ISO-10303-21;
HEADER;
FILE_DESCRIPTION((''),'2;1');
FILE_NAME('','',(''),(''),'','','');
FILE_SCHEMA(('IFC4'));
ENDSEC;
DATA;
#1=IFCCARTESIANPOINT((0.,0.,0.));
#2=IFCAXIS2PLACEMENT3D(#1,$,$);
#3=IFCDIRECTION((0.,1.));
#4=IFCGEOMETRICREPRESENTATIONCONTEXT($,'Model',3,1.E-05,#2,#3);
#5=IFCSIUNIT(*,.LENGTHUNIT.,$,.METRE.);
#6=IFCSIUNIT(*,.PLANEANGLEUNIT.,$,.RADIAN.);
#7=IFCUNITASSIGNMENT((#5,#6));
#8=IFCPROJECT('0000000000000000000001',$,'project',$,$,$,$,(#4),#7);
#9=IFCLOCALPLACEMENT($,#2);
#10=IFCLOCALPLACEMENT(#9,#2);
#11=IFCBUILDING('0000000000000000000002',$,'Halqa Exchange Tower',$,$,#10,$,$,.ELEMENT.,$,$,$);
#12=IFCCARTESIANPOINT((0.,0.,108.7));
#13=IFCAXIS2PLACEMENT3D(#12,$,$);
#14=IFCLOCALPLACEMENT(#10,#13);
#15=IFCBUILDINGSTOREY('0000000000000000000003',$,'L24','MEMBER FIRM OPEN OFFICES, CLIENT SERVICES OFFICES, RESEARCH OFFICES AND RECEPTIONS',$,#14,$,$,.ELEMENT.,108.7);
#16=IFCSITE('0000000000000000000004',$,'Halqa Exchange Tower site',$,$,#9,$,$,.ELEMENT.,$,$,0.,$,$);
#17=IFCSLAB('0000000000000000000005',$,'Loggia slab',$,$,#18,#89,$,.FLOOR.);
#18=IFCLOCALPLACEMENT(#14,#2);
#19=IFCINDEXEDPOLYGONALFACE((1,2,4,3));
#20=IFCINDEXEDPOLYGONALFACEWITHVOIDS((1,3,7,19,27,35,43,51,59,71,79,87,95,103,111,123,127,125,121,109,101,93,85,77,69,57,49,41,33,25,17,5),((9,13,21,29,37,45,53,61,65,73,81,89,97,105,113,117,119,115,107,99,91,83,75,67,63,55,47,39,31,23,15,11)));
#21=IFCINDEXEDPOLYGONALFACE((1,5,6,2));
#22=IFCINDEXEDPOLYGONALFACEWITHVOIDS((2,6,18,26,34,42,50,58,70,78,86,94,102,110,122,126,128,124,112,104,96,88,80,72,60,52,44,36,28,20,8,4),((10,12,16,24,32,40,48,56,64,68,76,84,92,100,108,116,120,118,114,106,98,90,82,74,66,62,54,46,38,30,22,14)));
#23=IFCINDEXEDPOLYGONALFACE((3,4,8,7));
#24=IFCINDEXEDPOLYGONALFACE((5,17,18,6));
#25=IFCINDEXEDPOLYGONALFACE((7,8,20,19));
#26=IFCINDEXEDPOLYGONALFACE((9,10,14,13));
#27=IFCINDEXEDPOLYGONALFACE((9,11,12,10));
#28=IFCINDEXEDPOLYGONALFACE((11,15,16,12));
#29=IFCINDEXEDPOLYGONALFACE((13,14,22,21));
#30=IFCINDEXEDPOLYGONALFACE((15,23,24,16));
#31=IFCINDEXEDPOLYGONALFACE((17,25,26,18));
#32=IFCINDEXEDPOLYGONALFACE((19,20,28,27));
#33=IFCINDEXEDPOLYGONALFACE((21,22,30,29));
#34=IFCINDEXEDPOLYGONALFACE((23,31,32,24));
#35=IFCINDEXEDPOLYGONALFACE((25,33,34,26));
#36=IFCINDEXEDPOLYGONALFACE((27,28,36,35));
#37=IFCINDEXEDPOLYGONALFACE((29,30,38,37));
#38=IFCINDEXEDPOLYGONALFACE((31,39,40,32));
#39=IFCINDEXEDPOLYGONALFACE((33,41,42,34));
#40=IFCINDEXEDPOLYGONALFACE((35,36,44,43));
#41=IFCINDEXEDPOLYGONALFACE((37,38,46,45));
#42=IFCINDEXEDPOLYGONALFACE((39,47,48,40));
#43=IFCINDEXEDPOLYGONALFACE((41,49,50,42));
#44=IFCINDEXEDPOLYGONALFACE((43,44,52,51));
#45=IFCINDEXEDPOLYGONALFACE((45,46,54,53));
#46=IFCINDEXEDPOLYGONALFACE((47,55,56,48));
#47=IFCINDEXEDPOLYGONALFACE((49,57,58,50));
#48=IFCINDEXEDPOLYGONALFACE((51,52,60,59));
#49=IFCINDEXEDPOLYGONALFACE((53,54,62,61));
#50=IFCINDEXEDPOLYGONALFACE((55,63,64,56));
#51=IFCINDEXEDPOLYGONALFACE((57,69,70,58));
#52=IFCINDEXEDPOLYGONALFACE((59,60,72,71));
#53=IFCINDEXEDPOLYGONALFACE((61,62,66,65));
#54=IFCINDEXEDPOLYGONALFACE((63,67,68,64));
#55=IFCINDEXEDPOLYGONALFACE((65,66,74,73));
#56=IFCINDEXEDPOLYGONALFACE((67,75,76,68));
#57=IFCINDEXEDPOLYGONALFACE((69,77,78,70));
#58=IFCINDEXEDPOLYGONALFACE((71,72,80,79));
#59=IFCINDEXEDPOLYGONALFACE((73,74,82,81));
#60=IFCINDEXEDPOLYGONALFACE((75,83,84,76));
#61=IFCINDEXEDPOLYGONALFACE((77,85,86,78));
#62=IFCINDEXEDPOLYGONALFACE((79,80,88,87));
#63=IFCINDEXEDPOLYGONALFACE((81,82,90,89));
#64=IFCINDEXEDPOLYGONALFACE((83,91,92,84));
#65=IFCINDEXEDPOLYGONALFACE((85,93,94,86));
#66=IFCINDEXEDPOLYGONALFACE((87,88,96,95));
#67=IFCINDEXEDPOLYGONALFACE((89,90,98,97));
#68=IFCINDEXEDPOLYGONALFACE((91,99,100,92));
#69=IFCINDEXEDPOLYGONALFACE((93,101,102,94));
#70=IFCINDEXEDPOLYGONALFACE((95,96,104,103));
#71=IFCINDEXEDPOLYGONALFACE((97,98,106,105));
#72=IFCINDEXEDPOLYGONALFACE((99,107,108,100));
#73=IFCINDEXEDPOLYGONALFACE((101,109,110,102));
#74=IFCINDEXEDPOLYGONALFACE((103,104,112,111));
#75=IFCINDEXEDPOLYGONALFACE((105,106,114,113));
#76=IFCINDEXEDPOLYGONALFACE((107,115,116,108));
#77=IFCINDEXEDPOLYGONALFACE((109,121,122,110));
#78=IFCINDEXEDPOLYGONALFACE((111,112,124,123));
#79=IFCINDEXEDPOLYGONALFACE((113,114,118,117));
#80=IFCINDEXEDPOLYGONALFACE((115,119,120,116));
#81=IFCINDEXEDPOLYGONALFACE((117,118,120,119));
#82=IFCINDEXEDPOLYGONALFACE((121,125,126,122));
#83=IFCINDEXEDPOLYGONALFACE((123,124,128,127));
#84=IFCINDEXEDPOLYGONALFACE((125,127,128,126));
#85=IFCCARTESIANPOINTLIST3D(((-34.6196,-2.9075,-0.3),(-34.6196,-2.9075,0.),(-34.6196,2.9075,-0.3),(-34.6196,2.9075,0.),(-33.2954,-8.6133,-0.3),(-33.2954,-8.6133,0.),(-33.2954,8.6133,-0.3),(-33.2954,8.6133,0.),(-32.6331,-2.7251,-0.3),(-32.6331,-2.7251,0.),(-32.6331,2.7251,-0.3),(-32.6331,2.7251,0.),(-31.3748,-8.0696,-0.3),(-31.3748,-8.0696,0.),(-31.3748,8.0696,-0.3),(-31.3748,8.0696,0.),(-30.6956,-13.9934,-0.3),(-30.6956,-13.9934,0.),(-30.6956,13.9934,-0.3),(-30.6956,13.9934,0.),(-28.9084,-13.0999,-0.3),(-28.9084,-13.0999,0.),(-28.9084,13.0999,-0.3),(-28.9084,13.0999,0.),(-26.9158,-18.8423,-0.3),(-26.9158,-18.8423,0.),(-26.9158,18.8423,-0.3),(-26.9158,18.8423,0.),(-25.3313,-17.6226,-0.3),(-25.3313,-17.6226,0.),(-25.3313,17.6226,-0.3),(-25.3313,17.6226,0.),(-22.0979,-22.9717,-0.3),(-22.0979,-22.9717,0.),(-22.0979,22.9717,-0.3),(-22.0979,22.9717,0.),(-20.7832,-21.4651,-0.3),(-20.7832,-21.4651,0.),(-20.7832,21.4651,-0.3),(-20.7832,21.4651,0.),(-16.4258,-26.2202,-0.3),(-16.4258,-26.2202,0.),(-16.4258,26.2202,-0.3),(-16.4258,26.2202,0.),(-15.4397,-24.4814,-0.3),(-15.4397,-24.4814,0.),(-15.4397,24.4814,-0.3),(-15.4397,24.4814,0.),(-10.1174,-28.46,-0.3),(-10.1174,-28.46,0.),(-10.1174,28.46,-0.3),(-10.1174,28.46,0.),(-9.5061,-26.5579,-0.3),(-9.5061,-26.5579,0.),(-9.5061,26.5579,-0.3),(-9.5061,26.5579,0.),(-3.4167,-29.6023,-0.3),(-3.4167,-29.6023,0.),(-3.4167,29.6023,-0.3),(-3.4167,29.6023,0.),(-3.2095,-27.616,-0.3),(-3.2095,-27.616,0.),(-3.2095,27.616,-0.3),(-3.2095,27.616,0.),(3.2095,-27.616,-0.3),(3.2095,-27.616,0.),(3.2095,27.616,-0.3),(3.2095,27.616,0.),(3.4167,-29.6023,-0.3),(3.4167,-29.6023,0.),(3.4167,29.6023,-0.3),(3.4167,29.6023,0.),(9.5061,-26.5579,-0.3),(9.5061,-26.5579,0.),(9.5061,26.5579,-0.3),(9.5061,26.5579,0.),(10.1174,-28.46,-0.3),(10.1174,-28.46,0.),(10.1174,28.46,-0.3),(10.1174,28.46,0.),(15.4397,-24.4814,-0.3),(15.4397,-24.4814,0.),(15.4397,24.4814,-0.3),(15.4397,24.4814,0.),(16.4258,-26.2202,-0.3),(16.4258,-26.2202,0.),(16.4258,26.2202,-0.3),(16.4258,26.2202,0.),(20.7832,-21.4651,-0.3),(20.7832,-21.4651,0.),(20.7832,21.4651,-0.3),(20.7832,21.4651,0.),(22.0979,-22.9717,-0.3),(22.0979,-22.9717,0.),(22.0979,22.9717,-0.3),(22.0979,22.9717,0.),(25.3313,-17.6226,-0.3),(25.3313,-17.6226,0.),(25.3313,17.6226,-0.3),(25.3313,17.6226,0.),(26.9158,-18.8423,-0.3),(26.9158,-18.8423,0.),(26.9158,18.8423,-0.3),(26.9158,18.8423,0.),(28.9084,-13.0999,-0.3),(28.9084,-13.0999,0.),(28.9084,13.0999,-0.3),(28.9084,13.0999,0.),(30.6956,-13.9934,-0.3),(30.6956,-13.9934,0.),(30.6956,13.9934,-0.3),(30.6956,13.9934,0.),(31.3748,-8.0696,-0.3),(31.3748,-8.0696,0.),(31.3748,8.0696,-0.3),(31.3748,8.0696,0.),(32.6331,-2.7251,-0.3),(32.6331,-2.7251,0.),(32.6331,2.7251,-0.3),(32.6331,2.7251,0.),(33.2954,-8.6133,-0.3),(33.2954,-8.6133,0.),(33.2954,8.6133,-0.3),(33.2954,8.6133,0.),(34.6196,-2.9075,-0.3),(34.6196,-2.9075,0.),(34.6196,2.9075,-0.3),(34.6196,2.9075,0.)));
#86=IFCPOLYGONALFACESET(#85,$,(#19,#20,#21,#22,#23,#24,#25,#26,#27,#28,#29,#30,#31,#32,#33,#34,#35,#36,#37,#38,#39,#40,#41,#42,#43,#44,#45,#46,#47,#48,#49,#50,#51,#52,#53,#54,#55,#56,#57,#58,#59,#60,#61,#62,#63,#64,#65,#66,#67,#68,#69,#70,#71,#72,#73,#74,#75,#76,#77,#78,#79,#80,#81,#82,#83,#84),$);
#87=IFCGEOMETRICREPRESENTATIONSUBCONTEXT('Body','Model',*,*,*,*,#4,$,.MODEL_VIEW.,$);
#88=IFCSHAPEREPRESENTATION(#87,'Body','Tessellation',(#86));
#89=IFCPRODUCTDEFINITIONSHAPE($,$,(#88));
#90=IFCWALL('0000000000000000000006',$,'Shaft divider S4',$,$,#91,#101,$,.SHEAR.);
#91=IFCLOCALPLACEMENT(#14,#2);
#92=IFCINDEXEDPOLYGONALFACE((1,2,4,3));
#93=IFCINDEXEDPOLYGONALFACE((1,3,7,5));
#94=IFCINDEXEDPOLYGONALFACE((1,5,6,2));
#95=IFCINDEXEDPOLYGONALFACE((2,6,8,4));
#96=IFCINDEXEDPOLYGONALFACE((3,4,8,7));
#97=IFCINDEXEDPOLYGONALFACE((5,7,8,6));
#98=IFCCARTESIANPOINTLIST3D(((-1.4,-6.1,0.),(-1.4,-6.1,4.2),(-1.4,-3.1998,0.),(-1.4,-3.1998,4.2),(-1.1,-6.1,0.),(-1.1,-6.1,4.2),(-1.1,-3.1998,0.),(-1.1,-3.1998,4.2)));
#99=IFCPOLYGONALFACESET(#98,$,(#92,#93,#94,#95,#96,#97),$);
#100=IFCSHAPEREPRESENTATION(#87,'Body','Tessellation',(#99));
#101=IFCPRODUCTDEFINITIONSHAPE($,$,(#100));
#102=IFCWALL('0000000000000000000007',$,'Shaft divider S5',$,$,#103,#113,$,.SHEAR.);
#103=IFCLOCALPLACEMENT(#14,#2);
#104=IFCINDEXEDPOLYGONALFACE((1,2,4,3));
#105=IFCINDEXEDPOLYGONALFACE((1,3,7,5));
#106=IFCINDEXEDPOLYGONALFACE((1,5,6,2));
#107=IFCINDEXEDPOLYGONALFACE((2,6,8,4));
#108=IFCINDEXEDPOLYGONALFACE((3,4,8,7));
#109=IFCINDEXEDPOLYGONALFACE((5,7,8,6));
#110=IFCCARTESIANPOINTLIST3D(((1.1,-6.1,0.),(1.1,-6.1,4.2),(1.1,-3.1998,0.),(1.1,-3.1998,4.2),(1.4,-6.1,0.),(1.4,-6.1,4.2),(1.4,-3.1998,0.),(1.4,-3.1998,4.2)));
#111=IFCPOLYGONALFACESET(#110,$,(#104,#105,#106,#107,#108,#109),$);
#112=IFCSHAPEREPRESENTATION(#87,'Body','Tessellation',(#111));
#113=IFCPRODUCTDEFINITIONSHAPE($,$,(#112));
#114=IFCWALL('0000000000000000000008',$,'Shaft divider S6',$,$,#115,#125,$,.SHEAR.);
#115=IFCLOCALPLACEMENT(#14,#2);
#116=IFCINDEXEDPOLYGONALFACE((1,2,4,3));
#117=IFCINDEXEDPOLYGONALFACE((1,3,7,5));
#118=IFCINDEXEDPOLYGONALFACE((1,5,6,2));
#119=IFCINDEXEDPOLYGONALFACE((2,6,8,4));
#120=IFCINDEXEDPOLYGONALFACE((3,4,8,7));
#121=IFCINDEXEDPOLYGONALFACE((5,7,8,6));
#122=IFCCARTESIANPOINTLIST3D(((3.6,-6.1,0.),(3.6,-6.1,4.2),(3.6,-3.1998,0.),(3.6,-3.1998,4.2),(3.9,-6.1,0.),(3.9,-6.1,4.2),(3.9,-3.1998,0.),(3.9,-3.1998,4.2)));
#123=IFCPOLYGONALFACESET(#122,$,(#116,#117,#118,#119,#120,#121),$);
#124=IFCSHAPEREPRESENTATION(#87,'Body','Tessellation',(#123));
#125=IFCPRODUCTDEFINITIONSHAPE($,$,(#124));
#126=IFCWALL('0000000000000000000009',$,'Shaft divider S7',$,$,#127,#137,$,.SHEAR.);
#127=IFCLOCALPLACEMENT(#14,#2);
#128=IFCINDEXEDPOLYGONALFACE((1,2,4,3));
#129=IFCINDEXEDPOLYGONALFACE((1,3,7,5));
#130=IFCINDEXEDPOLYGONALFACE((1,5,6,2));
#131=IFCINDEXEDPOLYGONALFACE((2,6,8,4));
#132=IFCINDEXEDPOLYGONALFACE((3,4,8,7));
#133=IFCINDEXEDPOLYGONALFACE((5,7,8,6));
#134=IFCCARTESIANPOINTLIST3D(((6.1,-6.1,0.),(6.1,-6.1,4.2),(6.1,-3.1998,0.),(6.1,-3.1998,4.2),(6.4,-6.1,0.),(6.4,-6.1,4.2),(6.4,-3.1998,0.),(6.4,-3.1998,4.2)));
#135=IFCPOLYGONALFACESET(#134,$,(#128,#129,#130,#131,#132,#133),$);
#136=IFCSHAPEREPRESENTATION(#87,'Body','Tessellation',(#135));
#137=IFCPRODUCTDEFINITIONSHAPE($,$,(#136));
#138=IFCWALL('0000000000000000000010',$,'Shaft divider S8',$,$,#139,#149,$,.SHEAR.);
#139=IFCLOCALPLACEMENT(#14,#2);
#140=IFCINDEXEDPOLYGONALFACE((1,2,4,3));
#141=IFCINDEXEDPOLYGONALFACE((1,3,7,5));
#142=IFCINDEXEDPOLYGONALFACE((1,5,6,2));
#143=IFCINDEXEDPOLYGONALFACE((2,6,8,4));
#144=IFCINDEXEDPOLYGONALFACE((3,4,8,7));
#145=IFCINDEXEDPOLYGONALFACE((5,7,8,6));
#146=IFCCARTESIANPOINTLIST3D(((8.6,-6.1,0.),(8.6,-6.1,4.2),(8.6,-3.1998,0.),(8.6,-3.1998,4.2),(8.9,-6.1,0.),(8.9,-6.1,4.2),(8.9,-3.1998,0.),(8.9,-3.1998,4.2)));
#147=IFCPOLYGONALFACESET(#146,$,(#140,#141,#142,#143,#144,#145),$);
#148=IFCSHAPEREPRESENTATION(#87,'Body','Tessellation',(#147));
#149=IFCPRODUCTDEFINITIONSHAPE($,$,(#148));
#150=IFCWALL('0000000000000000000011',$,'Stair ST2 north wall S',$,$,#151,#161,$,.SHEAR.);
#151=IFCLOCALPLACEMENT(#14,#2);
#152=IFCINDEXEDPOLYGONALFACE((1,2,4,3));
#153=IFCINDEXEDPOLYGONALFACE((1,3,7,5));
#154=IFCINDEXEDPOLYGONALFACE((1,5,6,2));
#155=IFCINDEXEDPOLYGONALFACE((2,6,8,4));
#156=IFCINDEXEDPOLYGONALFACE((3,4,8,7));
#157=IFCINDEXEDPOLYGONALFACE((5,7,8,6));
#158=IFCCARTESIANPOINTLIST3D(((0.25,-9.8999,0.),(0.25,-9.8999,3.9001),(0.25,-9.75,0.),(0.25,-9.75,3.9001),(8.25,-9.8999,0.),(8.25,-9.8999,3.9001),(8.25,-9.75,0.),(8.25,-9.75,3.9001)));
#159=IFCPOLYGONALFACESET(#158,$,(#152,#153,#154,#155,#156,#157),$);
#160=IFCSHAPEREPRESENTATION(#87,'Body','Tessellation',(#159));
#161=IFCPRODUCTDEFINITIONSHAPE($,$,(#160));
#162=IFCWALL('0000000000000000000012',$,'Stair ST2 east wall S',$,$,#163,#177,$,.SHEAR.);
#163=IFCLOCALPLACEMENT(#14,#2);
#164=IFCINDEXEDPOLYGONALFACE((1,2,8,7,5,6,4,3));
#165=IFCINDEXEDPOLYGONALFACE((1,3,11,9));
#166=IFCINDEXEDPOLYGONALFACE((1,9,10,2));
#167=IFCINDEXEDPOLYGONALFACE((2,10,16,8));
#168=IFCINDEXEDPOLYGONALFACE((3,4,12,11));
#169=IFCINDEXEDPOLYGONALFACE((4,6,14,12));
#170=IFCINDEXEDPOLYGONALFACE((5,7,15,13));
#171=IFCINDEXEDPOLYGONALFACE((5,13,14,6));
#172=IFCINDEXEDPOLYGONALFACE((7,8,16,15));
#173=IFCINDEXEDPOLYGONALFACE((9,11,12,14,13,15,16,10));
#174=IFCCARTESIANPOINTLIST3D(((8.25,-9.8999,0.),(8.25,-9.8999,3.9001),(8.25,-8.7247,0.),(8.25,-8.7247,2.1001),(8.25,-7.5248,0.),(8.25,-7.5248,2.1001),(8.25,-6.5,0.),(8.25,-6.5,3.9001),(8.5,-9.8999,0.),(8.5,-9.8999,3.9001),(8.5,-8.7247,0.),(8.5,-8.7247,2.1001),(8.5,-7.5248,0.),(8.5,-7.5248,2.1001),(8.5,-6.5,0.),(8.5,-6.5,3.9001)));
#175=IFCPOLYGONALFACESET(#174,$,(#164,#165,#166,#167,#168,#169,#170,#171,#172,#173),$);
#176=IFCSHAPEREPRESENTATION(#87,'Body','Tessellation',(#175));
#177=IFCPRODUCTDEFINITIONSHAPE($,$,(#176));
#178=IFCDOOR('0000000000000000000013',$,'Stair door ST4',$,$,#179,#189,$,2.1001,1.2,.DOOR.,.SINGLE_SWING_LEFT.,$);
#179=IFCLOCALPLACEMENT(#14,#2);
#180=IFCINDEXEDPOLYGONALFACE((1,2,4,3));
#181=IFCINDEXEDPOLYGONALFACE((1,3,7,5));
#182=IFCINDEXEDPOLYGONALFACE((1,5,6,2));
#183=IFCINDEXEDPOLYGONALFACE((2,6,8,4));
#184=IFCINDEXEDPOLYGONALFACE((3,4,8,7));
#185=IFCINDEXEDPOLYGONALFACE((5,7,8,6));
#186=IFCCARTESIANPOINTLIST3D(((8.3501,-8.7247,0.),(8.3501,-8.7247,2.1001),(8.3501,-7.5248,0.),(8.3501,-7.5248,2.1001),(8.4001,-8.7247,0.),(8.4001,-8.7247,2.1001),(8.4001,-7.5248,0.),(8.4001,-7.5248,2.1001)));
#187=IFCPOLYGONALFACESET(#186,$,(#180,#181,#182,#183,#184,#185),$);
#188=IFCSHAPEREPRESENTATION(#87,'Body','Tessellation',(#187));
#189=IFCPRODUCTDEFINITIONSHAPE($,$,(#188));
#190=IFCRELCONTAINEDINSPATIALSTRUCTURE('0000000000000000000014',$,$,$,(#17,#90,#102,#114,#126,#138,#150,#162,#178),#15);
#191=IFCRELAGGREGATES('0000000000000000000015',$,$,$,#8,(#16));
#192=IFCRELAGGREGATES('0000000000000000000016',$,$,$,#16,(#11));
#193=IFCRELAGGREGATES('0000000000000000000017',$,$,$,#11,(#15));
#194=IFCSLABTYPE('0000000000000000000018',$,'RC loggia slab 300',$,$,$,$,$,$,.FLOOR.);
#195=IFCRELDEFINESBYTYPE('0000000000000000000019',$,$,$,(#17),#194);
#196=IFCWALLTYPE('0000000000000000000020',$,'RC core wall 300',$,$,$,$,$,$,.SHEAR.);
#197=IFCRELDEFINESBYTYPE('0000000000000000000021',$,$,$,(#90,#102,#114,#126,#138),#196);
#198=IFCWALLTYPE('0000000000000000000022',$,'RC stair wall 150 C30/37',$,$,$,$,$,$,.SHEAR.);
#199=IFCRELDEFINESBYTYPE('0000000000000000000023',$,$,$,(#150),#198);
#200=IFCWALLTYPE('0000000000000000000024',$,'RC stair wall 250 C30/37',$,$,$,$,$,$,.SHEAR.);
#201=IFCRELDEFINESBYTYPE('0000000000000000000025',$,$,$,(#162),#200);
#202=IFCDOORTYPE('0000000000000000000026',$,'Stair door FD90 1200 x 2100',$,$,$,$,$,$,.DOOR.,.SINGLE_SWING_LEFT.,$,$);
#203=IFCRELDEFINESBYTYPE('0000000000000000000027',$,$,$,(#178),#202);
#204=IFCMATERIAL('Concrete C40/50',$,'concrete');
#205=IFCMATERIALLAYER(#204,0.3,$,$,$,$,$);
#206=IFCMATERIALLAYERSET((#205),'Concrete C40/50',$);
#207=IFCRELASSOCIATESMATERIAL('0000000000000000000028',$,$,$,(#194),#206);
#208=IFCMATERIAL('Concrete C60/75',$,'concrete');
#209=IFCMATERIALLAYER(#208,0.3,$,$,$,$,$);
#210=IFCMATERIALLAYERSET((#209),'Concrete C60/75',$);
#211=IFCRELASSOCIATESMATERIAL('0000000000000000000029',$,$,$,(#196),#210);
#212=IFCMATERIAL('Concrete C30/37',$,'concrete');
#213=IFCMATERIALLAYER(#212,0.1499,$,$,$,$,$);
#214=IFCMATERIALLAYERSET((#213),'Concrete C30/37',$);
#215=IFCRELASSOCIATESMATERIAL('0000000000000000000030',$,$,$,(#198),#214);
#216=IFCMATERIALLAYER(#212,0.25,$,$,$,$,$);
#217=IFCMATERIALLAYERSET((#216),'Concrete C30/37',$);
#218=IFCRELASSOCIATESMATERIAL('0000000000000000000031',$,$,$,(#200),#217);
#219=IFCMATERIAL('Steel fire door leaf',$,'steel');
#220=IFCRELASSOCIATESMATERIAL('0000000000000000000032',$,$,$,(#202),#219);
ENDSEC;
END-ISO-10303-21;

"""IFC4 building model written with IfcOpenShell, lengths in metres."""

from ifc_helpers import new_model, si_unit, direction, frame, frame_2d, origin, place, context, subcontext, project, spatial, polyline, rectangle, outline, extrude, material, layer, layer_set, type_object, element, fill, save


model = new_model("IFC4")

# Units and contexts
model_context = context("Model", 3, precision=1e-05, world=origin(), true_north=direction((0.0, 1.0)))
body_context = subcontext(model_context, "Body", "Model", "MODEL_VIEW")
ifc_project = project(units=[si_unit("LENGTHUNIT", "METRE"), si_unit("PLANEANGLEUNIT", "RADIAN")], contexts=[model_context])

# Site, building, storey
site_placement = place(None, origin())
site = spatial("IfcSite", under=ifc_project, at=site_placement, Name="Halqa Exchange Tower site", CompositionType="ELEMENT", RefElevation=0.0)
building_placement = place(site_placement, origin())
building = spatial("IfcBuilding", under=site, at=building_placement, Name="Halqa Exchange Tower", CompositionType="ELEMENT")
storey_placement = place(building_placement, frame((0.0, 0.0, 108.7)))
storey = spatial("IfcBuildingStorey", under=building, at=storey_placement, Name="L24", Description="MEMBER FIRM OPEN OFFICES, CLIENT SERVICES OFFICES, RESEARCH OFFICES AND RECEPTIONS", CompositionType="ELEMENT", Elevation=108.7)

# Slab
ifc_material_1 = material(Name="Concrete C60/75", Category="concrete")
ifc_material_2 = material(Name="Concrete C40/50", Category="concrete")
ifc_layer_1 = layer(ifc_material_2, 0.3)
ifc_layer_set_1 = layer_set([ifc_layer_1], Name="Concrete C40/50")
slab_type_1 = type_object("IfcSlabType", Name="RC loggia slab 300", PredefinedType="FLOOR", material=ifc_layer_set_1)
slab_1_placement = place(storey_placement, frame((0.0, 0.0, -0.3)))
element("IfcSlab", 1, at=slab_1_placement, inside=storey, type_object=slab_type_1, Name="Loggia slab", PredefinedType="FLOOR", context=body_context, shape_type="SweptSolid", body=[
    extrude(outline(polyline([(34.6196, 2.9075), (34.6196, -2.9075), (33.2954, -8.6133), (30.6956, -13.9934), (26.9158, -18.8423), (22.0979, -22.9717), (16.4258, -26.2202), (10.1174, -28.46), (3.4167, -29.6023), (-3.4167, -29.6023), (-10.1174, -28.46), (-16.4258, -26.2202), (-22.0979, -22.9717), (-26.9158, -18.8423), (-30.6956, -13.9934), (-33.2954, -8.6133), (-34.6196, -2.9075), (-34.6196, 2.9075), (-33.2954, 8.6133), (-30.6956, 13.9934), (-26.9158, 18.8423), (-22.0979, 22.9717), (-16.4258, 26.2202), (-10.1174, 28.46), (-3.4167, 29.6023), (3.4167, 29.6023), (10.1174, 28.46), (16.4258, 26.2202), (22.0979, 22.9717), (26.9158, 18.8423), (30.6956, 13.9934), (33.2954, 8.6133), (34.6196, 2.9075)]), holes=[polyline([(32.6331, 2.7251), (31.3748, 8.0696), (28.9084, 13.0999), (25.3313, 17.6226), (20.7832, 21.4651), (15.4397, 24.4814), (9.5061, 26.5579), (3.2095, 27.616), (-3.2095, 27.616), (-9.5061, 26.5579), (-15.4397, 24.4814), (-20.7832, 21.4651), (-25.3313, 17.6226), (-28.9084, 13.0999), (-31.3748, 8.0696), (-32.6331, 2.7251), (-32.6331, -2.7251), (-31.3748, -8.0696), (-28.9084, -13.0999), (-25.3313, -17.6226), (-20.7832, -21.4651), (-15.4397, -24.4814), (-9.5061, -26.5579), (-3.2095, -27.616), (3.2095, -27.616), (9.5061, -26.5579), (15.4397, -24.4814), (20.7832, -21.4651), (25.3313, -17.6226), (28.9084, -13.0999), (31.3748, -8.0696), (32.6331, -2.7251), (32.6331, 2.7251)])]), origin(), (0.0, 0.0, 1.0), 0.3),
])

# Walls
ifc_layer_2 = layer(ifc_material_1, 0.3)
ifc_layer_set_2 = layer_set([ifc_layer_2], Name="Concrete C60/75")
wall_type_1 = type_object("IfcWallType", Name="RC core wall 300", PredefinedType="SHEAR", material=ifc_layer_set_2)
for number, where, z_axis, x_axis, name in (
    (2, (-1.25, -6.1001, 0.0), (0.0, 0.0, 1.0), (0.0, 1.0, 0.0), "Shaft divider S4"),
    (3, (1.25, -6.1001, 0.0), (0.0, 0.0, 1.0), (0.0, 1.0, 0.0), "Shaft divider S5"),
    (4, (3.75, -6.1001, 0.0), (0.0, 0.0, 1.0), (0.0, 1.0, 0.0), "Shaft divider S6"),
    (5, (6.25, -6.1001, 0.0), (0.0, 0.0, 1.0), (0.0, 1.0, 0.0), "Shaft divider S7"),
    (6, (8.75, -6.1001, 0.0), (0.0, 0.0, 1.0), (0.0, 1.0, 0.0), "Shaft divider S8"),
):
    element("IfcWall", number, at=place(storey_placement, frame(where, z_axis=z_axis, x_axis=x_axis)), inside=storey, type_object=wall_type_1, Name=name, PredefinedType="SHEAR", context=body_context, shape_type="SweptSolid", body=[
        extrude(rectangle(XDim=2.9001, YDim=0.3, at=frame_2d((1.4502, 0.0))), origin(), (0.0, 0.0, 1.0), 4.2),
    ])
ifc_material_3 = material(Name="Concrete C30/37", Category="concrete")
ifc_layer_3 = layer(ifc_material_3, 0.1499)
ifc_layer_set_3 = layer_set([ifc_layer_3], Name="Concrete C30/37")
wall_type_2 = type_object("IfcWallType", Name="RC stair wall 150 C30/37", PredefinedType="SHEAR", material=ifc_layer_set_3)
wall_1_placement = place(storey_placement, frame((0.25, -9.825, 0.0), z_axis=(0.0, 0.0, 1.0), x_axis=(1.0, 0.0, 0.0)))
element("IfcWall", 7, at=wall_1_placement, inside=storey, type_object=wall_type_2, Name="Stair ST2 north wall S", PredefinedType="SHEAR", context=body_context, shape_type="SweptSolid", body=[
    extrude(rectangle(XDim=8.0, YDim=0.1499, at=frame_2d((4.0, 0.0))), origin(), (0.0, 0.0, 1.0), 3.9001),
])

# Wall, opening, door
ifc_layer_4 = layer(ifc_material_3, 0.25)
ifc_layer_set_4 = layer_set([ifc_layer_4], Name="Concrete C30/37")
wall_type_3 = type_object("IfcWallType", Name="RC stair wall 250 C30/37", PredefinedType="SHEAR", material=ifc_layer_set_4)
wall_2_placement = place(storey_placement, frame((8.375, -9.8999, 0.0), z_axis=(0.0, 0.0, 1.0), x_axis=(0.0, 1.0, 0.0)))
wall_2 = element("IfcWall", 8, at=wall_2_placement, inside=storey, type_object=wall_type_3, Name="Stair ST2 east wall S", PredefinedType="SHEAR", context=body_context, shape_type="SweptSolid", body=[
    extrude(rectangle(XDim=3.3999, YDim=0.25, at=frame_2d((1.7, 0.0))), origin(), (0.0, 0.0, 1.0), 3.9001),
])
opening_placement = place(wall_2_placement, frame((1.175, 0.0, 0.0)))
opening = element("IfcOpeningElement", 9, at=opening_placement, cuts=wall_2, PredefinedType="OPENING", context=body_context, shape_type="SweptSolid", body=[
    extrude(rectangle(XDim=1.2, YDim=2.1001, at=frame_2d((0.6001, 1.05))), frame((0.0, 0.137, 0.0), z_axis=(0.0, -1.0, 0.0), x_axis=(1.0, 0.0, 0.0)), (0.0, 0.0, 1.0), 0.2739),
])
ifc_material_4 = material(Name="Steel fire door leaf", Category="steel")
door_type = type_object("IfcDoorType", Name="Stair door FD90 1200 x 2100", OperationType="SINGLE_SWING_LEFT", PredefinedType="DOOR", material=ifc_material_4)
door_placement = place(opening_placement, origin())
door = element("IfcDoor", 10, at=door_placement, inside=storey, type_object=door_type, Name="Stair door ST4", OperationType="SINGLE_SWING_LEFT", OverallHeight=2.1001, OverallWidth=1.2, PredefinedType="DOOR", context=body_context, shape_type="SweptSolid", body=[
    extrude(rectangle(XDim=1.2, YDim=2.1001, at=frame_2d((0.6001, 1.05))), frame((0.0, 0.0249, 0.0), z_axis=(0.0, -1.0, 0.0), x_axis=(1.0, 0.0, 0.0)), (0.0, 0.0, 1.0), 0.05),
])
fill(opening, door)

save(model, "model.ifc")
